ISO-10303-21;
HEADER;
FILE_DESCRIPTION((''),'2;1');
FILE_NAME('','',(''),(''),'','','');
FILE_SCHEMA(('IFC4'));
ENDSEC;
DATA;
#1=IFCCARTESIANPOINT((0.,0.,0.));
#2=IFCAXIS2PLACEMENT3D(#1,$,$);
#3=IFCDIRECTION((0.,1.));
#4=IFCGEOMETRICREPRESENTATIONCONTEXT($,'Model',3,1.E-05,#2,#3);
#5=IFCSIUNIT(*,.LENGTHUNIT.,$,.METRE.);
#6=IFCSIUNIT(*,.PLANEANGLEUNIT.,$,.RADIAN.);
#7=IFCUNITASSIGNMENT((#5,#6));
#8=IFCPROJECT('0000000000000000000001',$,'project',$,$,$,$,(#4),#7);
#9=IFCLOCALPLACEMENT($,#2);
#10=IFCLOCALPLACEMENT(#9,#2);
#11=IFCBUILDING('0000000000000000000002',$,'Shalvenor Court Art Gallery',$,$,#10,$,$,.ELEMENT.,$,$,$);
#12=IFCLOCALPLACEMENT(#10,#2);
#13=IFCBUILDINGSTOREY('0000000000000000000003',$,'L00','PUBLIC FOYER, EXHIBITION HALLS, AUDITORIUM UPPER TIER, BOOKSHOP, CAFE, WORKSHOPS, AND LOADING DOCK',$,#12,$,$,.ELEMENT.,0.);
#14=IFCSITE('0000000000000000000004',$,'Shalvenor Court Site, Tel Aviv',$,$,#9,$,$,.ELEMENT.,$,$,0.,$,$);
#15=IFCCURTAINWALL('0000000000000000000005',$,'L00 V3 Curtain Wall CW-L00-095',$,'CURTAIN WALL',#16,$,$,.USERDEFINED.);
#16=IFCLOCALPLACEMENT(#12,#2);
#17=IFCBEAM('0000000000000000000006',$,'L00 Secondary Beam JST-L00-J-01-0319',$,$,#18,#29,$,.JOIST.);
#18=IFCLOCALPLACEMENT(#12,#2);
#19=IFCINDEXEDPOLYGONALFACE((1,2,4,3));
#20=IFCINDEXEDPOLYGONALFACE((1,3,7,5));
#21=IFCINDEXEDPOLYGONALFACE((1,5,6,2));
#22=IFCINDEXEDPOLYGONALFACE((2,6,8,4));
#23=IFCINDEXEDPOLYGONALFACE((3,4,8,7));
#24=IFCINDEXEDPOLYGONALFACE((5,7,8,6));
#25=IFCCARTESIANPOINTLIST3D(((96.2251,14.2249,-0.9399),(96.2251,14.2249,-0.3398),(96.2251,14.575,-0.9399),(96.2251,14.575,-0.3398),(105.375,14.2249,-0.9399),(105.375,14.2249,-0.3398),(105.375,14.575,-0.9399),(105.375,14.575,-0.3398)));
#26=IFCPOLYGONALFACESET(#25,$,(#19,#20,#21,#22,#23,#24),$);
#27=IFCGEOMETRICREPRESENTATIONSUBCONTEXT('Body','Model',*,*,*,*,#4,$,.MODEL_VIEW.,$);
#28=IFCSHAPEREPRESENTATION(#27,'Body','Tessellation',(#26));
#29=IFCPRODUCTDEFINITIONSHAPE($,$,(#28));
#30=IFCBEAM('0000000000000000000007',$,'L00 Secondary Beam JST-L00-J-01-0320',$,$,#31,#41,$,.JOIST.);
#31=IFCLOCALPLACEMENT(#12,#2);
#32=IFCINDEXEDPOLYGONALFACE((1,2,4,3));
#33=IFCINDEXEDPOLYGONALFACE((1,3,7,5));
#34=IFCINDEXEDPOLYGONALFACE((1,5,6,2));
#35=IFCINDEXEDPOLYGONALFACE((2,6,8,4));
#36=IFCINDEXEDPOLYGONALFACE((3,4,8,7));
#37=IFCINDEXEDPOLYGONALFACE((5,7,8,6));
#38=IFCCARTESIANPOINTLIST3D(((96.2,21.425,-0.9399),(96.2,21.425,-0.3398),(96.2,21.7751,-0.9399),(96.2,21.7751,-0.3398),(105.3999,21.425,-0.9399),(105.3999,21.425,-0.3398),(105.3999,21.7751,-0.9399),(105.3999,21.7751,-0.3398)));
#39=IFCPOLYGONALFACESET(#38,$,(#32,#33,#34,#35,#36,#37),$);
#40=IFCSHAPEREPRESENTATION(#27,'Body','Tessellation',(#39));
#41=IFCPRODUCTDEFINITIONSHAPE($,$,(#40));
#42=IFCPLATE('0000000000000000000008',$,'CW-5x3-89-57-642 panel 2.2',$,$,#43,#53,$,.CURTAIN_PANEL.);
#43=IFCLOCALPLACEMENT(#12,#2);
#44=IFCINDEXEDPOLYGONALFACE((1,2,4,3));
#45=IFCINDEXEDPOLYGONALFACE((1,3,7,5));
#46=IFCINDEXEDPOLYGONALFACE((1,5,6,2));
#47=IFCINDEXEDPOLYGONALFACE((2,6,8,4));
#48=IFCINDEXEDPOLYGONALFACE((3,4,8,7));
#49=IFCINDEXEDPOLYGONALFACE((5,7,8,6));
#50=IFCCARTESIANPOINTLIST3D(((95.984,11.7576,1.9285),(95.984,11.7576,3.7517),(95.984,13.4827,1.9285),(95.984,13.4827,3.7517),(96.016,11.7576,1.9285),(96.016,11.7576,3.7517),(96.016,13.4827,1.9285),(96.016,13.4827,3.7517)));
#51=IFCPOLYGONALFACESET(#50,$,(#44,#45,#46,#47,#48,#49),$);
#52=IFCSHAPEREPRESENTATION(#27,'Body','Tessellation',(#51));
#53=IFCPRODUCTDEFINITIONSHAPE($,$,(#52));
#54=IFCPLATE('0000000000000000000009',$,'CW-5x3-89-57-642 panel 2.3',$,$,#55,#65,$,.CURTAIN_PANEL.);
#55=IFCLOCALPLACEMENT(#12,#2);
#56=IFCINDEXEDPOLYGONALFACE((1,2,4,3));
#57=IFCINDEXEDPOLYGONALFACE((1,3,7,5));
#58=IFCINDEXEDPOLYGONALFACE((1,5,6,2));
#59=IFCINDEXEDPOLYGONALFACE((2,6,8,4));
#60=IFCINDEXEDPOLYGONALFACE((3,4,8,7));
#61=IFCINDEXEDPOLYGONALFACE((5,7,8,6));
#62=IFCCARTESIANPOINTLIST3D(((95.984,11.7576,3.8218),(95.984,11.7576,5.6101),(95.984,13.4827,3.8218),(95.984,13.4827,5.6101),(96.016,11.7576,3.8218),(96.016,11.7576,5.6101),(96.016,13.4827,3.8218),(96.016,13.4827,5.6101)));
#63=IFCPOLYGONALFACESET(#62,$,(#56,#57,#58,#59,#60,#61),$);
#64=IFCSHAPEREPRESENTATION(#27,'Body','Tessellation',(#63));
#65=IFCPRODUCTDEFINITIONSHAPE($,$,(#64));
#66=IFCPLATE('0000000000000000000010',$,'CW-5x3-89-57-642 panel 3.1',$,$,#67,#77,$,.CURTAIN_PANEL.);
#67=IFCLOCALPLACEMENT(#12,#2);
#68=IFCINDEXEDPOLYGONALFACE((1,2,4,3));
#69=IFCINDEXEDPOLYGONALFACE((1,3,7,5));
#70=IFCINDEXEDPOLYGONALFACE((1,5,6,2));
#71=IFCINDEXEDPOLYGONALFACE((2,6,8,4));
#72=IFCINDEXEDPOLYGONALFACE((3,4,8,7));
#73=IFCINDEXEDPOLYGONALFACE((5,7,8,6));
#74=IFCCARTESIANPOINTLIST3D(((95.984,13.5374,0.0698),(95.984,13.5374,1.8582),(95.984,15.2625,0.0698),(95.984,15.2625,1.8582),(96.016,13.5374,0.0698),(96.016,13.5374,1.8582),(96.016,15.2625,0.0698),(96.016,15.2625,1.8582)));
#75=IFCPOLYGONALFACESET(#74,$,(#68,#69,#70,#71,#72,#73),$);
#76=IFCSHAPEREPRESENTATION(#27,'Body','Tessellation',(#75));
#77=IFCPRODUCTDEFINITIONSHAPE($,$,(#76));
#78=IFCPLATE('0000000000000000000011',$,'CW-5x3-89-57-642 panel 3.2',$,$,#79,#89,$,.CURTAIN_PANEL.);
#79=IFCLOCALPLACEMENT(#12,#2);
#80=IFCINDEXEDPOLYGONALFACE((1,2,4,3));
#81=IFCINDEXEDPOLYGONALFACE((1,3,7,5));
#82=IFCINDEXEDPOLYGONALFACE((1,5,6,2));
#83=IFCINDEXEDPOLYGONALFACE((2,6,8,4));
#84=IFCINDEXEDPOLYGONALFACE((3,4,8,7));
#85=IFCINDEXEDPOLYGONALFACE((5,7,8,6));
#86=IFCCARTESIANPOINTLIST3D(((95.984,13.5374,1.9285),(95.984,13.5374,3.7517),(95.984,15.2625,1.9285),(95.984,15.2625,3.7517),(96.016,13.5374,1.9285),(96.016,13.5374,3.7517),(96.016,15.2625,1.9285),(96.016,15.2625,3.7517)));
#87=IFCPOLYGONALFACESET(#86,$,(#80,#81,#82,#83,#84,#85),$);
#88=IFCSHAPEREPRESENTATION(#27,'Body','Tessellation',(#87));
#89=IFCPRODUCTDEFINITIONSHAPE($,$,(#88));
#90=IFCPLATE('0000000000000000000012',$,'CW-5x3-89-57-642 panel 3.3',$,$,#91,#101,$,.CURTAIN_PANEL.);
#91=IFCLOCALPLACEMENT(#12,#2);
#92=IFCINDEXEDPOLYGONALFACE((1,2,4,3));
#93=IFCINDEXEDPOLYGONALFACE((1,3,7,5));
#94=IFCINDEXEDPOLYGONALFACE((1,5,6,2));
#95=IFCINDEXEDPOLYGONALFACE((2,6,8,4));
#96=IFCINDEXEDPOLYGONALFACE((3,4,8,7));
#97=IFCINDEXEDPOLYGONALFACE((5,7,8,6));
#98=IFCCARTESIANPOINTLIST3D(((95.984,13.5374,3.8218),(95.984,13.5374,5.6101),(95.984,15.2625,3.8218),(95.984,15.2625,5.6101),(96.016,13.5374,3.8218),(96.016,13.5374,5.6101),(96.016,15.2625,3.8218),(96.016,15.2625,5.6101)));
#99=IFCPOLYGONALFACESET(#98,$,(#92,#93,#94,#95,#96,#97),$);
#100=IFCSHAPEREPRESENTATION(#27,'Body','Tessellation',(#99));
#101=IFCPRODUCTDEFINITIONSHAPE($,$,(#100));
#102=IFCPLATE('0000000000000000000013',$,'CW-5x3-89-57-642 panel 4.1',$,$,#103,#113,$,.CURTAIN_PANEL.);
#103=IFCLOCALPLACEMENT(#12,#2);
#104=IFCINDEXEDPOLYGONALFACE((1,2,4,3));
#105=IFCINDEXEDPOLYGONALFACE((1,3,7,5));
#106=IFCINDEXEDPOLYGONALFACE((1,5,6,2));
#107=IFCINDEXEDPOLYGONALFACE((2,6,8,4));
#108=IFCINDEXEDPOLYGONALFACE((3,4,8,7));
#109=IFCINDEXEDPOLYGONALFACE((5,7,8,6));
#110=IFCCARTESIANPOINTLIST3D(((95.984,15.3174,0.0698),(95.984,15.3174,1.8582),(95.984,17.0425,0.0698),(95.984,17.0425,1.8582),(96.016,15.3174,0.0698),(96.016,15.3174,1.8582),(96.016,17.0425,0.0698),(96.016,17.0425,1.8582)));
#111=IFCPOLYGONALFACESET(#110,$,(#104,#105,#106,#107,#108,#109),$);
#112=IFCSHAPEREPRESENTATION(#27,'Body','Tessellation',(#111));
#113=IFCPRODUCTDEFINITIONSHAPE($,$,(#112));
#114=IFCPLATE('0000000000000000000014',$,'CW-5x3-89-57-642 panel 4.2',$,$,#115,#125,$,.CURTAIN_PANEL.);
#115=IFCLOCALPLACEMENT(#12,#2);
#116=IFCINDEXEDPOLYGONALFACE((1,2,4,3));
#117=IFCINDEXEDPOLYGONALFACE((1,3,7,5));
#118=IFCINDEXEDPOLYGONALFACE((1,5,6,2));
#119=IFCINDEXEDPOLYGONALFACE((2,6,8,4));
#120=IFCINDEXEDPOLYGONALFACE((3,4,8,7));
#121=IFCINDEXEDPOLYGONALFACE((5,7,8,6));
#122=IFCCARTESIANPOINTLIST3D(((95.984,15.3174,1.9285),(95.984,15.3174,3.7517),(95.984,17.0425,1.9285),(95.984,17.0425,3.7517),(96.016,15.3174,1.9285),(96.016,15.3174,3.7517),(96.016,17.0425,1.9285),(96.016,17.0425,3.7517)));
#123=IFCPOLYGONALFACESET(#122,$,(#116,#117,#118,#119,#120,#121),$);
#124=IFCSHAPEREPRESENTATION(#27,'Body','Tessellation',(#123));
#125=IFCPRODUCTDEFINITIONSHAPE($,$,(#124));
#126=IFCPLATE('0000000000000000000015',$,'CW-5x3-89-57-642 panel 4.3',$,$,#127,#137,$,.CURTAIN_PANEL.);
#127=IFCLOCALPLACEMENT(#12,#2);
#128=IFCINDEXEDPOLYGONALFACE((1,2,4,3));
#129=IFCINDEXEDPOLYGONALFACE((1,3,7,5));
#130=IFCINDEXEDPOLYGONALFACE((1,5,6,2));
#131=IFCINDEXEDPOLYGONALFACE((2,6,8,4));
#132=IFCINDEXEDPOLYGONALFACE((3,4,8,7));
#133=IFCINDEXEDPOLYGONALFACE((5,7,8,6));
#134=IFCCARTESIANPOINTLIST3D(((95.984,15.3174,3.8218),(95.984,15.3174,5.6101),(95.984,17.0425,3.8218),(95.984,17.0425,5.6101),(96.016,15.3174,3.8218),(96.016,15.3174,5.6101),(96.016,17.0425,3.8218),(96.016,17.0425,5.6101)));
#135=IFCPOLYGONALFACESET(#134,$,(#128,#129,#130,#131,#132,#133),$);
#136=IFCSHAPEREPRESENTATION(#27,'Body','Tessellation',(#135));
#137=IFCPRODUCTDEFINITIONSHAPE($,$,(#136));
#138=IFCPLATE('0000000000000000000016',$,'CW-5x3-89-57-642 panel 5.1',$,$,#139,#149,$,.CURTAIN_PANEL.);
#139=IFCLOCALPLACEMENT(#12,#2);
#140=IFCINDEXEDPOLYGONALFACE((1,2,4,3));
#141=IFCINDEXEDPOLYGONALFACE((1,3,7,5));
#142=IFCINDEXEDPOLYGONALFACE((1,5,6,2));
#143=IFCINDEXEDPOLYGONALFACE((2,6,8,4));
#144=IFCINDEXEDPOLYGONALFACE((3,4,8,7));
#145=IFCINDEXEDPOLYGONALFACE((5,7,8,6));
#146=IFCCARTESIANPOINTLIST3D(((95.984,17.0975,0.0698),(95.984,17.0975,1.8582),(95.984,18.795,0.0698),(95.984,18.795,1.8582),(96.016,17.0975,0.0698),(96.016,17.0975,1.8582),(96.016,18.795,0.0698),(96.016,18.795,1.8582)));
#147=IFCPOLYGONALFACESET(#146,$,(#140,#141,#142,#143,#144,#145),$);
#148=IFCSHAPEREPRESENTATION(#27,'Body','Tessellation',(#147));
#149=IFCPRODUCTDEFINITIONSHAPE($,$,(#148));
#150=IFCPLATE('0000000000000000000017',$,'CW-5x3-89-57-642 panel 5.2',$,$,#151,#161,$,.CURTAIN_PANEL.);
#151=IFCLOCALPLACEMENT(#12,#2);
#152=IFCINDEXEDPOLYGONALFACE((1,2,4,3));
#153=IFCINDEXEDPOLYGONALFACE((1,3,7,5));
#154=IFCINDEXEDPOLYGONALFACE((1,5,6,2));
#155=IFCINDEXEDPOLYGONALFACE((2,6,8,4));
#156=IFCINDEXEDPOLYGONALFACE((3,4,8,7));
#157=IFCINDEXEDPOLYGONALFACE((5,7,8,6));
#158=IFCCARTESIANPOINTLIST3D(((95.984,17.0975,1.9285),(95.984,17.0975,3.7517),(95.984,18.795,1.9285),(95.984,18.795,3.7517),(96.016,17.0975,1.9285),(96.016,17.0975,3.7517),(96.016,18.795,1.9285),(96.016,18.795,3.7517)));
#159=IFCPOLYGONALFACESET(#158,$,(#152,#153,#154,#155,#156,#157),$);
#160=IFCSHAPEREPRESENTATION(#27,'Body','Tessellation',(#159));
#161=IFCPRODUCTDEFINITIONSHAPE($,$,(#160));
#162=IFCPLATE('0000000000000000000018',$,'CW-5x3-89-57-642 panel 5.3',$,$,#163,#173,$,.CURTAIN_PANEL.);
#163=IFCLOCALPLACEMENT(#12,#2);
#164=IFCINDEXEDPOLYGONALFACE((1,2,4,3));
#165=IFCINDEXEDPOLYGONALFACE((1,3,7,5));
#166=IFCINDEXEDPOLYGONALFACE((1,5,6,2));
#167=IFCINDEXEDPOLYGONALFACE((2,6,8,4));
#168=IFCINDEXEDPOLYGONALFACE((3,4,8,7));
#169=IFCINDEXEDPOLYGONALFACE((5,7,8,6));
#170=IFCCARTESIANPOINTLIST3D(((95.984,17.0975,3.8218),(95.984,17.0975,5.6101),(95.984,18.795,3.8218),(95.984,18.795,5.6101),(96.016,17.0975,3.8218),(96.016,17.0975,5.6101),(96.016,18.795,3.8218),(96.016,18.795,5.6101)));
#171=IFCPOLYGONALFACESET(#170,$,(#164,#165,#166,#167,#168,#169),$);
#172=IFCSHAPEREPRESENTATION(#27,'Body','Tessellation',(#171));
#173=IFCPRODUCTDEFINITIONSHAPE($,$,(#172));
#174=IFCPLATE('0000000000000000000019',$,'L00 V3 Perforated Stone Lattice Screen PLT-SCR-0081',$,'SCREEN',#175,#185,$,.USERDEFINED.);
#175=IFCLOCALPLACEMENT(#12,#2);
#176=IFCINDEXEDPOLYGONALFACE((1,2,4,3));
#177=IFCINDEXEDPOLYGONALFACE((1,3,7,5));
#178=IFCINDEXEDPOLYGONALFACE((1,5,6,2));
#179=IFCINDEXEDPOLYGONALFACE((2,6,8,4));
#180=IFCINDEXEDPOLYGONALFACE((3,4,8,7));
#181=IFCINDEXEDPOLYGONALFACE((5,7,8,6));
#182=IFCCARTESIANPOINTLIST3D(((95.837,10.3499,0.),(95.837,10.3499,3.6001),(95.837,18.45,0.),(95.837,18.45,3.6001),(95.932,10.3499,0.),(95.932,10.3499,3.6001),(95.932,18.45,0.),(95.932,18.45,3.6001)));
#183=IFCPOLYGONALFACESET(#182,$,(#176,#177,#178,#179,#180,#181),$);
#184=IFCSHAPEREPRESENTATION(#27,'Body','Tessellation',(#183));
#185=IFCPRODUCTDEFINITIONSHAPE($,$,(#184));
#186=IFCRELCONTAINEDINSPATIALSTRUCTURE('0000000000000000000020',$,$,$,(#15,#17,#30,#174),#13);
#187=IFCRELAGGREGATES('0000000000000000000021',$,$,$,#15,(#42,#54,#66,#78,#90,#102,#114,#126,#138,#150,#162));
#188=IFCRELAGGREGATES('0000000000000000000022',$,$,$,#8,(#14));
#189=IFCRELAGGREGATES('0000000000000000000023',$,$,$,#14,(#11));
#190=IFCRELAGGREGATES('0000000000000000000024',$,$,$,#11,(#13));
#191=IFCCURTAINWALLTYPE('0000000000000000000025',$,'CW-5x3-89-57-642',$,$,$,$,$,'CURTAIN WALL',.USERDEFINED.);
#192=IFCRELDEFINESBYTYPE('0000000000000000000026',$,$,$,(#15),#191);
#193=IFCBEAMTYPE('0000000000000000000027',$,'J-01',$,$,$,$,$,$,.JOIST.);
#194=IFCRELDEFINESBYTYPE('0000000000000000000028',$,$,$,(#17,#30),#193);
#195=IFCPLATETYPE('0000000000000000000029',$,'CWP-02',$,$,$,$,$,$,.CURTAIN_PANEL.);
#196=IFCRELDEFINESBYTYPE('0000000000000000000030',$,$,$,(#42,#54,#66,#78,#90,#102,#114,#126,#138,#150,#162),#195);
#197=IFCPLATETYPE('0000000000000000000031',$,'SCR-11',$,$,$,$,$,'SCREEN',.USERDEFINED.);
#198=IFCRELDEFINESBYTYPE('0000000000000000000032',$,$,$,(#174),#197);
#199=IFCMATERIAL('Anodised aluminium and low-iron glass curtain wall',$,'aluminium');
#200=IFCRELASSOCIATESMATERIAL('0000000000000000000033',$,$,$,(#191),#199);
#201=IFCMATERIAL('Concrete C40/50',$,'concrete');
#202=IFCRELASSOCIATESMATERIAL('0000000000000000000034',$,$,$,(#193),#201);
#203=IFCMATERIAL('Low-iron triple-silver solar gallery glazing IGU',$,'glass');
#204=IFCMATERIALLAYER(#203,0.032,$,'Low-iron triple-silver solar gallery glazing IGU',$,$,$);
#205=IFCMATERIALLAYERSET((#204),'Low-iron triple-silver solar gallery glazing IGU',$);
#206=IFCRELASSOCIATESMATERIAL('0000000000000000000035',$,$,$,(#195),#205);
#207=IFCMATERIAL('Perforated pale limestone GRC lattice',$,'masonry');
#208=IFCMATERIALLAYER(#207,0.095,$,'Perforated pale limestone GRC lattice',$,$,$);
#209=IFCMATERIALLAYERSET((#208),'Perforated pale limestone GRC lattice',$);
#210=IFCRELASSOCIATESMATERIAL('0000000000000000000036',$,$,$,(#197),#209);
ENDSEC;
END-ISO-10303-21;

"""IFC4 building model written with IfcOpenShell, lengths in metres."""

from ifc_helpers import new_model, si_unit, direction, frame, origin, origin_2d, place, context, subcontext, project, spatial, rectangle, extrude, material, layer, layer_set, material_profile, profile_set, type_object, element, aggregate, save


model = new_model("IFC4")

# Units and contexts
model_context = context("Model", 3, precision=1e-05, world=origin(), true_north=direction((0.0, 1.0)))
body_context = subcontext(model_context, "Body", "Model", "MODEL_VIEW")
ifc_project = project(units=[si_unit("LENGTHUNIT", "METRE"), si_unit("PLANEANGLEUNIT", "RADIAN")], contexts=[model_context])

# Site, building, storey
site_placement = place(None, origin())
site = spatial("IfcSite", under=ifc_project, at=site_placement, Name="Shalvenor Court Site, Tel Aviv", CompositionType="ELEMENT", RefElevation=0.0)
building_placement = place(site_placement, origin())
building = spatial("IfcBuilding", under=site, at=building_placement, Name="Shalvenor Court Art Gallery", CompositionType="ELEMENT")
storey_placement = place(building_placement, origin())
storey = spatial("IfcBuildingStorey", under=building, at=storey_placement, Name="L00", Description="PUBLIC FOYER, EXHIBITION HALLS, AUDITORIUM UPPER TIER, BOOKSHOP, CAFE, WORKSHOPS, AND LOADING DOCK", CompositionType="ELEMENT", Elevation=0.0)

# Curtain wall
ifc_material_1 = material(Name="Anodised aluminium and low-iron glass curtain wall", Category="aluminium")
curtain_wall_type_1 = type_object("IfcCurtainWallType", Name="CW-5x3-89-57-642", ElementType="CURTAIN WALL", PredefinedType="USERDEFINED", material=ifc_material_1)
curtain_wall_1_placement = place(storey_placement, origin())
curtain_wall_1 = element("IfcCurtainWall", 1, at=curtain_wall_1_placement, inside=storey, type_object=curtain_wall_type_1, Name="L00 V3 Curtain Wall CW-L00-095", ObjectType="CURTAIN WALL", PredefinedType="USERDEFINED")

# Beams
ifc_material_2 = material(Name="Concrete C40/50", Category="concrete")
ifc_material_profile_1 = material_profile(ifc_material_2, rectangle(XDim=0.3501, YDim=0.6001, at=origin_2d()), Name="RC 350x600")
ifc_profile_set_1 = profile_set([ifc_material_profile_1], Name="Concrete C40/50")
beam_type_1 = type_object("IfcBeamType", Name="J-01", PredefinedType="JOIST", material=ifc_profile_set_1)
beam_1_placement = place(storey_placement, frame((96.2251, 14.3999, -0.6399), z_axis=(1.0, 0.0, 0.0), x_axis=(0.0, 1.0, 0.0)))
element("IfcBeam", 2, at=beam_1_placement, inside=storey, type_object=beam_type_1, Name="L00 Secondary Beam JST-L00-J-01-0319", PredefinedType="JOIST", context=body_context, shape_type="SweptSolid", body=[
    extrude(rectangle(XDim=0.3501, YDim=0.6001, at=origin_2d()), origin(), (0.0, 0.0, 1.0), 9.1499),
])
beam_2_placement = place(storey_placement, frame((96.2, 21.6001, -0.6399), z_axis=(1.0, 0.0, 0.0), x_axis=(0.0, 1.0, 0.0)))
element("IfcBeam", 3, at=beam_2_placement, inside=storey, type_object=beam_type_1, Name="L00 Secondary Beam JST-L00-J-01-0320", PredefinedType="JOIST", context=body_context, shape_type="SweptSolid", body=[
    extrude(rectangle(XDim=0.3501, YDim=0.6001, at=origin_2d()), origin(), (0.0, 0.0, 1.0), 9.2),
])

# Plates
ifc_material_3 = material(Name="Low-iron triple-silver solar gallery glazing IGU", Category="glass")
ifc_layer_1 = layer(ifc_material_3, 0.032, Name="Low-iron triple-silver solar gallery glazing IGU")
ifc_layer_set_1 = layer_set([ifc_layer_1], Name="Low-iron triple-silver solar gallery glazing IGU")
plate_type_1 = type_object("IfcPlateType", Name="CWP-02", PredefinedType="CURTAIN_PANEL", material=ifc_layer_set_1)
plate_1_placement = place(storey_placement, frame((96.0, 12.6201, 1.9285), z_axis=(0.0, 0.0, 1.0), x_axis=(0.0, 1.0, 0.0)))
plate_1 = element("IfcPlate", 4, at=plate_1_placement, type_object=plate_type_1, Name="CW-5x3-89-57-642 panel 2.2", PredefinedType="CURTAIN_PANEL", context=body_context, shape_type="SweptSolid", body=[
    extrude(rectangle(XDim=1.7251, YDim=0.032, at=origin_2d()), origin(), (0.0, 0.0, 1.0), 1.8232),
])
plate_2_placement = place(storey_placement, frame((96.0, 12.6201, 3.8218), z_axis=(0.0, 0.0, 1.0), x_axis=(0.0, 1.0, 0.0)))
plate_2 = element("IfcPlate", 5, at=plate_2_placement, type_object=plate_type_1, Name="CW-5x3-89-57-642 panel 2.3", PredefinedType="CURTAIN_PANEL", context=body_context, shape_type="SweptSolid", body=[
    extrude(rectangle(XDim=1.7251, YDim=0.032, at=origin_2d()), origin(), (0.0, 0.0, 1.0), 1.7883),
])
plate_3_placement = place(storey_placement, frame((96.0, 14.3999, 0.0698), z_axis=(0.0, 0.0, 1.0), x_axis=(0.0, 1.0, 0.0)))
plate_3 = element("IfcPlate", 6, at=plate_3_placement, type_object=plate_type_1, Name="CW-5x3-89-57-642 panel 3.1", PredefinedType="CURTAIN_PANEL", context=body_context, shape_type="SweptSolid", body=[
    extrude(rectangle(XDim=1.7251, YDim=0.032, at=origin_2d()), origin(), (0.0, 0.0, 1.0), 1.7883),
])
plate_4_placement = place(storey_placement, frame((96.0, 14.3999, 1.9285), z_axis=(0.0, 0.0, 1.0), x_axis=(0.0, 1.0, 0.0)))
plate_4 = element("IfcPlate", 7, at=plate_4_placement, type_object=plate_type_1, Name="CW-5x3-89-57-642 panel 3.2", PredefinedType="CURTAIN_PANEL", context=body_context, shape_type="SweptSolid", body=[
    extrude(rectangle(XDim=1.7251, YDim=0.032, at=origin_2d()), origin(), (0.0, 0.0, 1.0), 1.8232),
])
plate_5_placement = place(storey_placement, frame((96.0, 14.3999, 3.8218), z_axis=(0.0, 0.0, 1.0), x_axis=(0.0, 1.0, 0.0)))
plate_5 = element("IfcPlate", 8, at=plate_5_placement, type_object=plate_type_1, Name="CW-5x3-89-57-642 panel 3.3", PredefinedType="CURTAIN_PANEL", context=body_context, shape_type="SweptSolid", body=[
    extrude(rectangle(XDim=1.7251, YDim=0.032, at=origin_2d()), origin(), (0.0, 0.0, 1.0), 1.7883),
])
plate_6_placement = place(storey_placement, frame((96.0, 16.1799, 0.0698), z_axis=(0.0, 0.0, 1.0), x_axis=(0.0, 1.0, 0.0)))
plate_6 = element("IfcPlate", 9, at=plate_6_placement, type_object=plate_type_1, Name="CW-5x3-89-57-642 panel 4.1", PredefinedType="CURTAIN_PANEL", context=body_context, shape_type="SweptSolid", body=[
    extrude(rectangle(XDim=1.7251, YDim=0.032, at=origin_2d()), origin(), (0.0, 0.0, 1.0), 1.7883),
])
plate_7_placement = place(storey_placement, frame((96.0, 16.1799, 1.9285), z_axis=(0.0, 0.0, 1.0), x_axis=(0.0, 1.0, 0.0)))
plate_7 = element("IfcPlate", 10, at=plate_7_placement, type_object=plate_type_1, Name="CW-5x3-89-57-642 panel 4.2", PredefinedType="CURTAIN_PANEL", context=body_context, shape_type="SweptSolid", body=[
    extrude(rectangle(XDim=1.7251, YDim=0.032, at=origin_2d()), origin(), (0.0, 0.0, 1.0), 1.8232),
])
plate_8_placement = place(storey_placement, frame((96.0, 16.1799, 3.8218), z_axis=(0.0, 0.0, 1.0), x_axis=(0.0, 1.0, 0.0)))
plate_8 = element("IfcPlate", 11, at=plate_8_placement, type_object=plate_type_1, Name="CW-5x3-89-57-642 panel 4.3", PredefinedType="CURTAIN_PANEL", context=body_context, shape_type="SweptSolid", body=[
    extrude(rectangle(XDim=1.7251, YDim=0.032, at=origin_2d()), origin(), (0.0, 0.0, 1.0), 1.7883),
])
plate_9_placement = place(storey_placement, frame((96.0, 17.9463, 0.0698), z_axis=(0.0, 0.0, 1.0), x_axis=(0.0, 1.0, 0.0)))
plate_9 = element("IfcPlate", 12, at=plate_9_placement, type_object=plate_type_1, Name="CW-5x3-89-57-642 panel 5.1", PredefinedType="CURTAIN_PANEL", context=body_context, shape_type="SweptSolid", body=[
    extrude(rectangle(XDim=1.6975, YDim=0.032, at=origin_2d()), origin(), (0.0, 0.0, 1.0), 1.7883),
])
plate_10_placement = place(storey_placement, frame((96.0, 17.9463, 1.9285), z_axis=(0.0, 0.0, 1.0), x_axis=(0.0, 1.0, 0.0)))
plate_10 = element("IfcPlate", 13, at=plate_10_placement, type_object=plate_type_1, Name="CW-5x3-89-57-642 panel 5.2", PredefinedType="CURTAIN_PANEL", context=body_context, shape_type="SweptSolid", body=[
    extrude(rectangle(XDim=1.6975, YDim=0.032, at=origin_2d()), origin(), (0.0, 0.0, 1.0), 1.8232),
])
plate_11_placement = place(storey_placement, frame((96.0, 17.9463, 3.8218), z_axis=(0.0, 0.0, 1.0), x_axis=(0.0, 1.0, 0.0)))
plate_11 = element("IfcPlate", 14, at=plate_11_placement, type_object=plate_type_1, Name="CW-5x3-89-57-642 panel 5.3", PredefinedType="CURTAIN_PANEL", context=body_context, shape_type="SweptSolid", body=[
    extrude(rectangle(XDim=1.6975, YDim=0.032, at=origin_2d()), origin(), (0.0, 0.0, 1.0), 1.7883),
])
aggregate(curtain_wall_1, [plate_1, plate_2, plate_3, plate_4, plate_5, plate_6, plate_7, plate_8, plate_9, plate_10, plate_11])
ifc_material_4 = material(Name="Perforated pale limestone GRC lattice", Category="masonry")
ifc_layer_2 = layer(ifc_material_4, 0.095, Name="Perforated pale limestone GRC lattice")
ifc_layer_set_2 = layer_set([ifc_layer_2], Name="Perforated pale limestone GRC lattice")
plate_type_2 = type_object("IfcPlateType", Name="SCR-11", ElementType="SCREEN", PredefinedType="USERDEFINED", material=ifc_layer_set_2)
plate_12_placement = place(storey_placement, frame((95.8845, 14.3999, 0.0), z_axis=(0.0, 0.0, 1.0), x_axis=(0.0, 1.0, 0.0)))
element("IfcPlate", 15, at=plate_12_placement, inside=storey, type_object=plate_type_2, Name="L00 V3 Perforated Stone Lattice Screen PLT-SCR-0081", ObjectType="SCREEN", PredefinedType="USERDEFINED", context=body_context, shape_type="SweptSolid", body=[
    extrude(rectangle(XDim=8.1001, YDim=0.095, at=origin_2d()), origin(), (0.0, 0.0, 1.0), 3.6001),
])

save(model, "model.ifc")
